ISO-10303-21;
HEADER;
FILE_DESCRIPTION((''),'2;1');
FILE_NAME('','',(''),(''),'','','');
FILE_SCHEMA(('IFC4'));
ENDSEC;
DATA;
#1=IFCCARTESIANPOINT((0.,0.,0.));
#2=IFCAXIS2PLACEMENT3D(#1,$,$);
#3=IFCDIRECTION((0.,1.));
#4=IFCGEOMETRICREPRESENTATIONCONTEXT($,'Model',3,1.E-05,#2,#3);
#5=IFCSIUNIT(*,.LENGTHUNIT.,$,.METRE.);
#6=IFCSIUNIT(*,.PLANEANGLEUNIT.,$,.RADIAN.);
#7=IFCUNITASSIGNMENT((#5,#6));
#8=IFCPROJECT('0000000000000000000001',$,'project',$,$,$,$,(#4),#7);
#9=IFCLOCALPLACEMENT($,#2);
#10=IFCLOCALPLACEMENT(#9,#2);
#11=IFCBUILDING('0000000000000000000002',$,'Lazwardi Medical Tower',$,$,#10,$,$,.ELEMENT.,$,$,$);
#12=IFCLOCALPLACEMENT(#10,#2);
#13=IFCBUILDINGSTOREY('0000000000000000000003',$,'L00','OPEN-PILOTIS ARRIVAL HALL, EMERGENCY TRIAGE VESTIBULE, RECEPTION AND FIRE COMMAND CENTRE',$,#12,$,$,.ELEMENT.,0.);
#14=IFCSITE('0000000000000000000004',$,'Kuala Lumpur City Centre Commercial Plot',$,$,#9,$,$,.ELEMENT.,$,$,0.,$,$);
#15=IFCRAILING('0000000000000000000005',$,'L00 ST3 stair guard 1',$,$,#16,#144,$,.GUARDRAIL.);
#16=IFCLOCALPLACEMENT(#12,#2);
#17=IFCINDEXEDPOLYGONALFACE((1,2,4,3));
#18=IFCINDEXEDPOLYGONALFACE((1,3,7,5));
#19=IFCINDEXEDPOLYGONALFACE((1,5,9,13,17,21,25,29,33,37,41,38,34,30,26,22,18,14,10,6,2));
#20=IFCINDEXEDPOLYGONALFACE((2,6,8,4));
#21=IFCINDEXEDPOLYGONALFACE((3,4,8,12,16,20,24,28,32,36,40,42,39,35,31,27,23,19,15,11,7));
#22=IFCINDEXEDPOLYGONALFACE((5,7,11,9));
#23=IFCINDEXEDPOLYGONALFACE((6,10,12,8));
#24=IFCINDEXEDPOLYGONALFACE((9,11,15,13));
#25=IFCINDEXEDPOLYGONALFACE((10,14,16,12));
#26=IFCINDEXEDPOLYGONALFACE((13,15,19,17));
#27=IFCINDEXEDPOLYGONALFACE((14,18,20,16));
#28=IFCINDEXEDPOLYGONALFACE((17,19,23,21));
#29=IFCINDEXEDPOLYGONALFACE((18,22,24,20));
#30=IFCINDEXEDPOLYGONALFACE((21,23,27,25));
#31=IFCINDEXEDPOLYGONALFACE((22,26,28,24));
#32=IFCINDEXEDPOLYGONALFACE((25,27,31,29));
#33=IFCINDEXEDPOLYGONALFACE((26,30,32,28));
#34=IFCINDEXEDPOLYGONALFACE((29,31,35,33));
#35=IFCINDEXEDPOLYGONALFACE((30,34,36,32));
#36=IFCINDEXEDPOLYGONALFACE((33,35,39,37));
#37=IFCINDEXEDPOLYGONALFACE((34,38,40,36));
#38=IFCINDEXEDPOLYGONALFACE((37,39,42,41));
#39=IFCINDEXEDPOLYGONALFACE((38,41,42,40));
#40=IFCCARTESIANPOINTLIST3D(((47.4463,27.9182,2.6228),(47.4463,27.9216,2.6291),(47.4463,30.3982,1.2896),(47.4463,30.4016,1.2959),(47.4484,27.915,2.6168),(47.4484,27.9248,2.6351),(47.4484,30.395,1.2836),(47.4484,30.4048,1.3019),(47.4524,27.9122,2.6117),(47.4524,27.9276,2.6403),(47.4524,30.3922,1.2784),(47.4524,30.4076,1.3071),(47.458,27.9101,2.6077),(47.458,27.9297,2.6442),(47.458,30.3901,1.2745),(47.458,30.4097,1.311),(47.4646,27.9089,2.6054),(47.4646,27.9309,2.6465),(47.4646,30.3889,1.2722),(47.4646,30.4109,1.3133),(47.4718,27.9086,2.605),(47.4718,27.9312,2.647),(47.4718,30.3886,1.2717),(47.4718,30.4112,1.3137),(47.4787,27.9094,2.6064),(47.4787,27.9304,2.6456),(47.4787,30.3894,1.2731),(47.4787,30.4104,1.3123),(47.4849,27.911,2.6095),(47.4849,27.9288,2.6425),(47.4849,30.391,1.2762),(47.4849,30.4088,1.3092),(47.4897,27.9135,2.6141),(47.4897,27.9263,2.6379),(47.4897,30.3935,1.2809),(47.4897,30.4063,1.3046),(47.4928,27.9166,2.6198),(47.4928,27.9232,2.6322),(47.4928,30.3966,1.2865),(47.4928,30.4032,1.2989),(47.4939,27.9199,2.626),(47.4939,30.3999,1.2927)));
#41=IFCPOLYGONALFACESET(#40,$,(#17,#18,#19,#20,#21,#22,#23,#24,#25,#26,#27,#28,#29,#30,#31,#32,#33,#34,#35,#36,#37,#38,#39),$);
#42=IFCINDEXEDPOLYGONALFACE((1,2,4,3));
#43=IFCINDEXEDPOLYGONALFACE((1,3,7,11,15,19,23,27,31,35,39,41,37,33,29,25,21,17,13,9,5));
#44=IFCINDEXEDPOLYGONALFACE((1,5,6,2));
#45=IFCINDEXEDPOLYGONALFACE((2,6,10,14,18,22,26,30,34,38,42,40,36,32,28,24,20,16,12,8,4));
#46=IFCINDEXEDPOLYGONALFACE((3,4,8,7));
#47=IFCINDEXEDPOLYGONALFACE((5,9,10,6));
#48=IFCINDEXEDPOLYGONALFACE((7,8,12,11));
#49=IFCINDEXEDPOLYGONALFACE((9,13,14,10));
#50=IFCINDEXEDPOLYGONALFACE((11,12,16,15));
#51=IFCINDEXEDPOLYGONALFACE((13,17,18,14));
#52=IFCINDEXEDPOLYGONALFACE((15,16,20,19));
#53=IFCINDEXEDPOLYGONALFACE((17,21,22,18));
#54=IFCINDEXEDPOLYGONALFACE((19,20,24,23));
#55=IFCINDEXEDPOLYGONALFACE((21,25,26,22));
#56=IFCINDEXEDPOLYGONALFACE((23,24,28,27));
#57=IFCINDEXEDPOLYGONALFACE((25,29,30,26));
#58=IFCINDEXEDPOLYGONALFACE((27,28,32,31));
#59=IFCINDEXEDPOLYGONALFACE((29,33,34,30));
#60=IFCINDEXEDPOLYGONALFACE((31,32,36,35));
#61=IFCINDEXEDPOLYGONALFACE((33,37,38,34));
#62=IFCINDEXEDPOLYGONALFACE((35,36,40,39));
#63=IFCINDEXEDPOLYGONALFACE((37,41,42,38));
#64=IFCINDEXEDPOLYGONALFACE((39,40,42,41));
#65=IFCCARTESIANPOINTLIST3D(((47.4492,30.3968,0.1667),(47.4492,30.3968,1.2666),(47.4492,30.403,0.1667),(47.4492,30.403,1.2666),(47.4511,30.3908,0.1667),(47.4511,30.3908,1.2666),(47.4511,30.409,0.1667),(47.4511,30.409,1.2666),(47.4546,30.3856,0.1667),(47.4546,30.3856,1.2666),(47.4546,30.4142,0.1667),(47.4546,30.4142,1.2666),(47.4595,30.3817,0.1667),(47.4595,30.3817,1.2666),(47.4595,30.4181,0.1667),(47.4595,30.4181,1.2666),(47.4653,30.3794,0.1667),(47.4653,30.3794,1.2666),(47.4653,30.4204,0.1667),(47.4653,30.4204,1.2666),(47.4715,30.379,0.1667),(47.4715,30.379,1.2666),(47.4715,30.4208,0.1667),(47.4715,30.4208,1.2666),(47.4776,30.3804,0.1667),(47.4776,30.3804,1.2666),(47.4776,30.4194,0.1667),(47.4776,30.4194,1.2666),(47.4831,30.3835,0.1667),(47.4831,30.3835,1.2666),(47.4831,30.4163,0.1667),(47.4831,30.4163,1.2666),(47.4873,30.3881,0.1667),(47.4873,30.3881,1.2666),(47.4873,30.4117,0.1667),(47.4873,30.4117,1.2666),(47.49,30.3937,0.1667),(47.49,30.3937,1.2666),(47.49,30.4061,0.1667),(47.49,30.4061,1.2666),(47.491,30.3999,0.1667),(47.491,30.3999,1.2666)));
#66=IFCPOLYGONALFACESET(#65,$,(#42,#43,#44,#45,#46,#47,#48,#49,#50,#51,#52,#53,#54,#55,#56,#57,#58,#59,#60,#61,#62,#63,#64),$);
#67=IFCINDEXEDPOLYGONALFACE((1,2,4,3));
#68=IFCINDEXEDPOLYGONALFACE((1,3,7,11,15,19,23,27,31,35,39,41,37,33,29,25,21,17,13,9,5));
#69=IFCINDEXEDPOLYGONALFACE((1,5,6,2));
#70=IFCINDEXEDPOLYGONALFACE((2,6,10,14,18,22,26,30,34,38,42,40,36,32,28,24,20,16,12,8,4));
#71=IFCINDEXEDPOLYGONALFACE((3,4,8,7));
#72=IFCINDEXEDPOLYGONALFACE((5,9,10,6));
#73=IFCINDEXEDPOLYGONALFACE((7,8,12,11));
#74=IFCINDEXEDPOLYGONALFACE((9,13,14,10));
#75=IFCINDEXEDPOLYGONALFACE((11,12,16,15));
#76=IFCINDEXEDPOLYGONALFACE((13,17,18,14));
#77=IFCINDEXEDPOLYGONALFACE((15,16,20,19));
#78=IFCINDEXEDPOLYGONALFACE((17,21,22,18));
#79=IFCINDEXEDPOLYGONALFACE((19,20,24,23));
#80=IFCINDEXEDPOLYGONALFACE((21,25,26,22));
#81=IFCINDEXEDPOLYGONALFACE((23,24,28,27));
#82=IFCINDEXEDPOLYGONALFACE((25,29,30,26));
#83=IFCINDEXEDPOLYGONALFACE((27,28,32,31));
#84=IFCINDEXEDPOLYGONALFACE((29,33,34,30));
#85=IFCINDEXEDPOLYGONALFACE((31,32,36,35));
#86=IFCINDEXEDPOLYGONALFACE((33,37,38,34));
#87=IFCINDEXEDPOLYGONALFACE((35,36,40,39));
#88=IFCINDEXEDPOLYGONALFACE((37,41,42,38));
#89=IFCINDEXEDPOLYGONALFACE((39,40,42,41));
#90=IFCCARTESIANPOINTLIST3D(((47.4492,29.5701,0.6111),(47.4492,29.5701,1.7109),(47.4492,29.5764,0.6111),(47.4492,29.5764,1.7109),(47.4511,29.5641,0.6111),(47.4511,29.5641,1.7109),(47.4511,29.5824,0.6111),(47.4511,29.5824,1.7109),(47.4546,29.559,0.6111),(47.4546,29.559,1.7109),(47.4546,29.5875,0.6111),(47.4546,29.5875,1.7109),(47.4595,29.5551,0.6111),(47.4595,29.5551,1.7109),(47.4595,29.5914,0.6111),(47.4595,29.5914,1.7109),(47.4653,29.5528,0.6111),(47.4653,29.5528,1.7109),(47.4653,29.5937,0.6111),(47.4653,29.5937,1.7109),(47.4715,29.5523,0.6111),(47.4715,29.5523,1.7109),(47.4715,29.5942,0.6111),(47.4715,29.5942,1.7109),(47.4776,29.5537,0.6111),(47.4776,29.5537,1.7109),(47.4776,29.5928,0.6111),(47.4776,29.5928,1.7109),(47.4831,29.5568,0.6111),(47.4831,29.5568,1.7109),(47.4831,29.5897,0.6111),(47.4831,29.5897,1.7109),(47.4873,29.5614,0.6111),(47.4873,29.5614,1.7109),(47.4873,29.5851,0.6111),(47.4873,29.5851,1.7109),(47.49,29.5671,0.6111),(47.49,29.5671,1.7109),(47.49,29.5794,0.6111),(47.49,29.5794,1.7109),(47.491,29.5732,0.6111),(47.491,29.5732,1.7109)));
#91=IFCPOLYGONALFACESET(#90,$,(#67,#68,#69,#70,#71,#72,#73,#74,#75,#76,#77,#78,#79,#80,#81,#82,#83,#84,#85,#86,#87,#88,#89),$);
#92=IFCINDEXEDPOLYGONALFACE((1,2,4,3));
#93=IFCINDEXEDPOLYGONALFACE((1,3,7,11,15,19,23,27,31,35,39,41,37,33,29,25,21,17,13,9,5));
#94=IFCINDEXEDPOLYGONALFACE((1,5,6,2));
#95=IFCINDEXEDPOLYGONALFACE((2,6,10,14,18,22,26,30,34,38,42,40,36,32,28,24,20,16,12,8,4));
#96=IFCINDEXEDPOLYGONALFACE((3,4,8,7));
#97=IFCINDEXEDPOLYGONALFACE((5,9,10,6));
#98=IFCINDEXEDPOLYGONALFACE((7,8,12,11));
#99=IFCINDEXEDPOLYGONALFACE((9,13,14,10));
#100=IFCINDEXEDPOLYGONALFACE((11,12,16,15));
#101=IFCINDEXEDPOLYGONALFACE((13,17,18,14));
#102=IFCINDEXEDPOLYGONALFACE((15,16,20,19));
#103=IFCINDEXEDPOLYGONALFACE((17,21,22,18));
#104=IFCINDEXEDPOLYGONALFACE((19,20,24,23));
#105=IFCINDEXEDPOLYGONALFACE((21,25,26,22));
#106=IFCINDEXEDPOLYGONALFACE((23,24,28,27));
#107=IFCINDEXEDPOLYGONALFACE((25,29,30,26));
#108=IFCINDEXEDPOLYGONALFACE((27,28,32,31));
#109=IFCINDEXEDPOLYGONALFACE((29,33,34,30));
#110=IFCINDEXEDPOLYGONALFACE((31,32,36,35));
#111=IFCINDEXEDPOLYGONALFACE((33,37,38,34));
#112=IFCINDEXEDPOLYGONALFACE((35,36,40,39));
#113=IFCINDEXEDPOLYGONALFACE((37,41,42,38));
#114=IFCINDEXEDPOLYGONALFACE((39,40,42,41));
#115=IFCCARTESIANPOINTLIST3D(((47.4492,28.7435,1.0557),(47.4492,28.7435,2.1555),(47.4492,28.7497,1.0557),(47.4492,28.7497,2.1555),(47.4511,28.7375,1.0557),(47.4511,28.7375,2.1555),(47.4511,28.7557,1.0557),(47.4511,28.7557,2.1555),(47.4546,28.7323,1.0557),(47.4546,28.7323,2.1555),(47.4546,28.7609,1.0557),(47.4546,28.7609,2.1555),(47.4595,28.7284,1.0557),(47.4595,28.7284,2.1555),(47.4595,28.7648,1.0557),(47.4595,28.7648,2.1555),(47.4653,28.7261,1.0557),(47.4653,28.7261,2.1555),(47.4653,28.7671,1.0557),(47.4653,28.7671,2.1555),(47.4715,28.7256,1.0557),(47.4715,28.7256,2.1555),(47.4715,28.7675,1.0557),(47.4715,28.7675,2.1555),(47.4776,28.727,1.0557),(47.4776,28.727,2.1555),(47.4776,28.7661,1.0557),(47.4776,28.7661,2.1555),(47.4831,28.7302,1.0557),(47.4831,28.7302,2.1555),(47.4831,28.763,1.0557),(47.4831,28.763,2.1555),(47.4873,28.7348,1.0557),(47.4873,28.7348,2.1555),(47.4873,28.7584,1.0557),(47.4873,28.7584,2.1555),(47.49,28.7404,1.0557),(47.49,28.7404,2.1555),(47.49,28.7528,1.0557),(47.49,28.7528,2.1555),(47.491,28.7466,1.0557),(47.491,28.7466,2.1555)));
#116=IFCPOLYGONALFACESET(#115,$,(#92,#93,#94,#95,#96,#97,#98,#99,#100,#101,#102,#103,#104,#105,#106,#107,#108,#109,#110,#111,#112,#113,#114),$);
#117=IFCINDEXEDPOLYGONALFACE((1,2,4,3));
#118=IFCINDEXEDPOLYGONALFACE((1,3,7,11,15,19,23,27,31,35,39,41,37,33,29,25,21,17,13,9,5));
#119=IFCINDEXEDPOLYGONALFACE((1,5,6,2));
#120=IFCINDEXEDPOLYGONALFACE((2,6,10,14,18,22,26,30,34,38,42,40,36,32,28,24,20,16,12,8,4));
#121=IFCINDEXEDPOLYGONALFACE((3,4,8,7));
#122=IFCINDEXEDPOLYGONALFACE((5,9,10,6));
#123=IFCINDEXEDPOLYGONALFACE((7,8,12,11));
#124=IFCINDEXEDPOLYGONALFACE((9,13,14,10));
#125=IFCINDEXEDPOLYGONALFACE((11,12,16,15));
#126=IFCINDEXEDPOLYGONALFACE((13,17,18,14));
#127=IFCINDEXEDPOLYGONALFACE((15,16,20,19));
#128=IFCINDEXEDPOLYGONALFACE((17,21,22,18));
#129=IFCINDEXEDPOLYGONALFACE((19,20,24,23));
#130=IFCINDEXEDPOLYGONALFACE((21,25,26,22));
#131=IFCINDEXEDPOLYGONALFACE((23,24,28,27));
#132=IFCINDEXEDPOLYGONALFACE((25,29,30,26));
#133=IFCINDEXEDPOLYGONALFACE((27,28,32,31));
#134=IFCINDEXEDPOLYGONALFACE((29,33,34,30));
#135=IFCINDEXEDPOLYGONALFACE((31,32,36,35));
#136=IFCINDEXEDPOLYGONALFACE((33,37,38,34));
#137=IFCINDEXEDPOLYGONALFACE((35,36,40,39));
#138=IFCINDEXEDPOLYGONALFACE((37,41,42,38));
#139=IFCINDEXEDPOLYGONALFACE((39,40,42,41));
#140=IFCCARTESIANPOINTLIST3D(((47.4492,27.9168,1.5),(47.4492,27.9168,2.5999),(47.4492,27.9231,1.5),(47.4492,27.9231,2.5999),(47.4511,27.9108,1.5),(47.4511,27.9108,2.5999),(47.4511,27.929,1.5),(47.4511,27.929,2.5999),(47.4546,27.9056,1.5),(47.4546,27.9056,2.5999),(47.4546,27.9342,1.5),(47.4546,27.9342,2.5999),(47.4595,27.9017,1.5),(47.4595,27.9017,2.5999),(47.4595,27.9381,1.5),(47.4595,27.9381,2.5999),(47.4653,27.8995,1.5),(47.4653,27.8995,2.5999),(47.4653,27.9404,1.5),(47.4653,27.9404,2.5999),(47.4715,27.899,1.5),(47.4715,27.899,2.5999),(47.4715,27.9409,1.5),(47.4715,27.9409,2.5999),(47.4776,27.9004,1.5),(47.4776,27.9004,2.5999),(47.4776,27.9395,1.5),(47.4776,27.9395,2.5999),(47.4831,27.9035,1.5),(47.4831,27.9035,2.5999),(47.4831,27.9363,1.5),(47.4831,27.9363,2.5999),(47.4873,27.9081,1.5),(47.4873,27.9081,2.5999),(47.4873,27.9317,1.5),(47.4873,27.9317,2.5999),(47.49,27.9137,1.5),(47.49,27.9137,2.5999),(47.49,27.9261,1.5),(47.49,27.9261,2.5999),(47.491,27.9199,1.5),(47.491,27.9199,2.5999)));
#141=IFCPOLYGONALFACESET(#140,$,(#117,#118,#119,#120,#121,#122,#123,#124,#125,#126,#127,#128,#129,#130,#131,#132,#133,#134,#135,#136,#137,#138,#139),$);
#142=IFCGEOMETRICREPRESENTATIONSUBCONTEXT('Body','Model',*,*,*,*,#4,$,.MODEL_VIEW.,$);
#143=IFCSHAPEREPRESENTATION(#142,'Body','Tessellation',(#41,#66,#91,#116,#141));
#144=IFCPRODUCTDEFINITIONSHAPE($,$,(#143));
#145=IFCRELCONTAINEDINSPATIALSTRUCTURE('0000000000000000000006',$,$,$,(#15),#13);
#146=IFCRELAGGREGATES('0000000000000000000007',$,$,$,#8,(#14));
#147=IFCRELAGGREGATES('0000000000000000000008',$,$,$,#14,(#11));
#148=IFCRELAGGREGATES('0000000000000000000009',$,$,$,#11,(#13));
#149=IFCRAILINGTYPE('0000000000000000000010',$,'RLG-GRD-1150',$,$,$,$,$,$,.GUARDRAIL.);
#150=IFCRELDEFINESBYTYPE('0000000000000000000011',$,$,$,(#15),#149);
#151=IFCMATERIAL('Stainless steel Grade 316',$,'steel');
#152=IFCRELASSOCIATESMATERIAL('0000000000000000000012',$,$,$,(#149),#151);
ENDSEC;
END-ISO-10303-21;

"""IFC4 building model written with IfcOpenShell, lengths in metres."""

from ifc_helpers import new_model, si_unit, direction, frame, origin, origin_2d, place, context, subcontext, project, spatial, circle, extrude, material, type_object, element, save


model = new_model("IFC4")

# Units and contexts
model_context = context("Model", 3, precision=1e-05, world=origin(), true_north=direction((0.0, 1.0)))
body_context = subcontext(model_context, "Body", "Model", "MODEL_VIEW")
ifc_project = project(units=[si_unit("LENGTHUNIT", "METRE"), si_unit("PLANEANGLEUNIT", "RADIAN")], contexts=[model_context])

# Site, building, storey
site_placement = place(None, origin())
site = spatial("IfcSite", under=ifc_project, at=site_placement, Name="Kuala Lumpur City Centre Commercial Plot", CompositionType="ELEMENT", RefElevation=0.0)
building_placement = place(site_placement, origin())
building = spatial("IfcBuilding", under=site, at=building_placement, Name="Lazwardi Medical Tower", CompositionType="ELEMENT")
storey_placement = place(building_placement, origin())
storey = spatial("IfcBuildingStorey", under=building, at=storey_placement, Name="L00", Description="OPEN-PILOTIS ARRIVAL HALL, EMERGENCY TRIAGE VESTIBULE, RECEPTION AND FIRE COMMAND CENTRE", CompositionType="ELEMENT", Elevation=0.0)

# Railing
ifc_material_1 = material(Name="Stainless steel Grade 316", Category="steel")
railing_type_1 = type_object("IfcRailingType", Name="RLG-GRD-1150", PredefinedType="GUARDRAIL", material=ifc_material_1)
railing_1_placement = place(storey_placement, frame((47.47, 30.3999, 0.1667)))
element("IfcRailing", 1, at=railing_1_placement, inside=storey, type_object=railing_type_1, Name="L00 ST3 stair guard 1", PredefinedType="GUARDRAIL", context=body_context, shape_type="SweptSolid", body=[
    extrude(circle(Radius=0.0239, at=origin_2d()), frame((0.0, 0.0, 1.126), z_axis=(0.0, -0.880786, 0.473515), x_axis=(1.0, 0.0, 0.0)), (0.0, 0.0, 1.0), 2.8157),
    extrude(circle(Radius=0.021, at=origin_2d()), origin(), (0.0, 0.0, 1.0), 1.0999),
    extrude(circle(Radius=0.021, at=origin_2d()), frame((0.0, -0.8267, 0.4443)), (0.0, 0.0, 1.0), 1.0999),
    extrude(circle(Radius=0.021, at=origin_2d()), frame((0.0, -1.6533, 0.8889)), (0.0, 0.0, 1.0), 1.0999),
    extrude(circle(Radius=0.021, at=origin_2d()), frame((0.0, -2.48, 1.3333)), (0.0, 0.0, 1.0), 1.0999),
])

save(model, "model.ifc")
